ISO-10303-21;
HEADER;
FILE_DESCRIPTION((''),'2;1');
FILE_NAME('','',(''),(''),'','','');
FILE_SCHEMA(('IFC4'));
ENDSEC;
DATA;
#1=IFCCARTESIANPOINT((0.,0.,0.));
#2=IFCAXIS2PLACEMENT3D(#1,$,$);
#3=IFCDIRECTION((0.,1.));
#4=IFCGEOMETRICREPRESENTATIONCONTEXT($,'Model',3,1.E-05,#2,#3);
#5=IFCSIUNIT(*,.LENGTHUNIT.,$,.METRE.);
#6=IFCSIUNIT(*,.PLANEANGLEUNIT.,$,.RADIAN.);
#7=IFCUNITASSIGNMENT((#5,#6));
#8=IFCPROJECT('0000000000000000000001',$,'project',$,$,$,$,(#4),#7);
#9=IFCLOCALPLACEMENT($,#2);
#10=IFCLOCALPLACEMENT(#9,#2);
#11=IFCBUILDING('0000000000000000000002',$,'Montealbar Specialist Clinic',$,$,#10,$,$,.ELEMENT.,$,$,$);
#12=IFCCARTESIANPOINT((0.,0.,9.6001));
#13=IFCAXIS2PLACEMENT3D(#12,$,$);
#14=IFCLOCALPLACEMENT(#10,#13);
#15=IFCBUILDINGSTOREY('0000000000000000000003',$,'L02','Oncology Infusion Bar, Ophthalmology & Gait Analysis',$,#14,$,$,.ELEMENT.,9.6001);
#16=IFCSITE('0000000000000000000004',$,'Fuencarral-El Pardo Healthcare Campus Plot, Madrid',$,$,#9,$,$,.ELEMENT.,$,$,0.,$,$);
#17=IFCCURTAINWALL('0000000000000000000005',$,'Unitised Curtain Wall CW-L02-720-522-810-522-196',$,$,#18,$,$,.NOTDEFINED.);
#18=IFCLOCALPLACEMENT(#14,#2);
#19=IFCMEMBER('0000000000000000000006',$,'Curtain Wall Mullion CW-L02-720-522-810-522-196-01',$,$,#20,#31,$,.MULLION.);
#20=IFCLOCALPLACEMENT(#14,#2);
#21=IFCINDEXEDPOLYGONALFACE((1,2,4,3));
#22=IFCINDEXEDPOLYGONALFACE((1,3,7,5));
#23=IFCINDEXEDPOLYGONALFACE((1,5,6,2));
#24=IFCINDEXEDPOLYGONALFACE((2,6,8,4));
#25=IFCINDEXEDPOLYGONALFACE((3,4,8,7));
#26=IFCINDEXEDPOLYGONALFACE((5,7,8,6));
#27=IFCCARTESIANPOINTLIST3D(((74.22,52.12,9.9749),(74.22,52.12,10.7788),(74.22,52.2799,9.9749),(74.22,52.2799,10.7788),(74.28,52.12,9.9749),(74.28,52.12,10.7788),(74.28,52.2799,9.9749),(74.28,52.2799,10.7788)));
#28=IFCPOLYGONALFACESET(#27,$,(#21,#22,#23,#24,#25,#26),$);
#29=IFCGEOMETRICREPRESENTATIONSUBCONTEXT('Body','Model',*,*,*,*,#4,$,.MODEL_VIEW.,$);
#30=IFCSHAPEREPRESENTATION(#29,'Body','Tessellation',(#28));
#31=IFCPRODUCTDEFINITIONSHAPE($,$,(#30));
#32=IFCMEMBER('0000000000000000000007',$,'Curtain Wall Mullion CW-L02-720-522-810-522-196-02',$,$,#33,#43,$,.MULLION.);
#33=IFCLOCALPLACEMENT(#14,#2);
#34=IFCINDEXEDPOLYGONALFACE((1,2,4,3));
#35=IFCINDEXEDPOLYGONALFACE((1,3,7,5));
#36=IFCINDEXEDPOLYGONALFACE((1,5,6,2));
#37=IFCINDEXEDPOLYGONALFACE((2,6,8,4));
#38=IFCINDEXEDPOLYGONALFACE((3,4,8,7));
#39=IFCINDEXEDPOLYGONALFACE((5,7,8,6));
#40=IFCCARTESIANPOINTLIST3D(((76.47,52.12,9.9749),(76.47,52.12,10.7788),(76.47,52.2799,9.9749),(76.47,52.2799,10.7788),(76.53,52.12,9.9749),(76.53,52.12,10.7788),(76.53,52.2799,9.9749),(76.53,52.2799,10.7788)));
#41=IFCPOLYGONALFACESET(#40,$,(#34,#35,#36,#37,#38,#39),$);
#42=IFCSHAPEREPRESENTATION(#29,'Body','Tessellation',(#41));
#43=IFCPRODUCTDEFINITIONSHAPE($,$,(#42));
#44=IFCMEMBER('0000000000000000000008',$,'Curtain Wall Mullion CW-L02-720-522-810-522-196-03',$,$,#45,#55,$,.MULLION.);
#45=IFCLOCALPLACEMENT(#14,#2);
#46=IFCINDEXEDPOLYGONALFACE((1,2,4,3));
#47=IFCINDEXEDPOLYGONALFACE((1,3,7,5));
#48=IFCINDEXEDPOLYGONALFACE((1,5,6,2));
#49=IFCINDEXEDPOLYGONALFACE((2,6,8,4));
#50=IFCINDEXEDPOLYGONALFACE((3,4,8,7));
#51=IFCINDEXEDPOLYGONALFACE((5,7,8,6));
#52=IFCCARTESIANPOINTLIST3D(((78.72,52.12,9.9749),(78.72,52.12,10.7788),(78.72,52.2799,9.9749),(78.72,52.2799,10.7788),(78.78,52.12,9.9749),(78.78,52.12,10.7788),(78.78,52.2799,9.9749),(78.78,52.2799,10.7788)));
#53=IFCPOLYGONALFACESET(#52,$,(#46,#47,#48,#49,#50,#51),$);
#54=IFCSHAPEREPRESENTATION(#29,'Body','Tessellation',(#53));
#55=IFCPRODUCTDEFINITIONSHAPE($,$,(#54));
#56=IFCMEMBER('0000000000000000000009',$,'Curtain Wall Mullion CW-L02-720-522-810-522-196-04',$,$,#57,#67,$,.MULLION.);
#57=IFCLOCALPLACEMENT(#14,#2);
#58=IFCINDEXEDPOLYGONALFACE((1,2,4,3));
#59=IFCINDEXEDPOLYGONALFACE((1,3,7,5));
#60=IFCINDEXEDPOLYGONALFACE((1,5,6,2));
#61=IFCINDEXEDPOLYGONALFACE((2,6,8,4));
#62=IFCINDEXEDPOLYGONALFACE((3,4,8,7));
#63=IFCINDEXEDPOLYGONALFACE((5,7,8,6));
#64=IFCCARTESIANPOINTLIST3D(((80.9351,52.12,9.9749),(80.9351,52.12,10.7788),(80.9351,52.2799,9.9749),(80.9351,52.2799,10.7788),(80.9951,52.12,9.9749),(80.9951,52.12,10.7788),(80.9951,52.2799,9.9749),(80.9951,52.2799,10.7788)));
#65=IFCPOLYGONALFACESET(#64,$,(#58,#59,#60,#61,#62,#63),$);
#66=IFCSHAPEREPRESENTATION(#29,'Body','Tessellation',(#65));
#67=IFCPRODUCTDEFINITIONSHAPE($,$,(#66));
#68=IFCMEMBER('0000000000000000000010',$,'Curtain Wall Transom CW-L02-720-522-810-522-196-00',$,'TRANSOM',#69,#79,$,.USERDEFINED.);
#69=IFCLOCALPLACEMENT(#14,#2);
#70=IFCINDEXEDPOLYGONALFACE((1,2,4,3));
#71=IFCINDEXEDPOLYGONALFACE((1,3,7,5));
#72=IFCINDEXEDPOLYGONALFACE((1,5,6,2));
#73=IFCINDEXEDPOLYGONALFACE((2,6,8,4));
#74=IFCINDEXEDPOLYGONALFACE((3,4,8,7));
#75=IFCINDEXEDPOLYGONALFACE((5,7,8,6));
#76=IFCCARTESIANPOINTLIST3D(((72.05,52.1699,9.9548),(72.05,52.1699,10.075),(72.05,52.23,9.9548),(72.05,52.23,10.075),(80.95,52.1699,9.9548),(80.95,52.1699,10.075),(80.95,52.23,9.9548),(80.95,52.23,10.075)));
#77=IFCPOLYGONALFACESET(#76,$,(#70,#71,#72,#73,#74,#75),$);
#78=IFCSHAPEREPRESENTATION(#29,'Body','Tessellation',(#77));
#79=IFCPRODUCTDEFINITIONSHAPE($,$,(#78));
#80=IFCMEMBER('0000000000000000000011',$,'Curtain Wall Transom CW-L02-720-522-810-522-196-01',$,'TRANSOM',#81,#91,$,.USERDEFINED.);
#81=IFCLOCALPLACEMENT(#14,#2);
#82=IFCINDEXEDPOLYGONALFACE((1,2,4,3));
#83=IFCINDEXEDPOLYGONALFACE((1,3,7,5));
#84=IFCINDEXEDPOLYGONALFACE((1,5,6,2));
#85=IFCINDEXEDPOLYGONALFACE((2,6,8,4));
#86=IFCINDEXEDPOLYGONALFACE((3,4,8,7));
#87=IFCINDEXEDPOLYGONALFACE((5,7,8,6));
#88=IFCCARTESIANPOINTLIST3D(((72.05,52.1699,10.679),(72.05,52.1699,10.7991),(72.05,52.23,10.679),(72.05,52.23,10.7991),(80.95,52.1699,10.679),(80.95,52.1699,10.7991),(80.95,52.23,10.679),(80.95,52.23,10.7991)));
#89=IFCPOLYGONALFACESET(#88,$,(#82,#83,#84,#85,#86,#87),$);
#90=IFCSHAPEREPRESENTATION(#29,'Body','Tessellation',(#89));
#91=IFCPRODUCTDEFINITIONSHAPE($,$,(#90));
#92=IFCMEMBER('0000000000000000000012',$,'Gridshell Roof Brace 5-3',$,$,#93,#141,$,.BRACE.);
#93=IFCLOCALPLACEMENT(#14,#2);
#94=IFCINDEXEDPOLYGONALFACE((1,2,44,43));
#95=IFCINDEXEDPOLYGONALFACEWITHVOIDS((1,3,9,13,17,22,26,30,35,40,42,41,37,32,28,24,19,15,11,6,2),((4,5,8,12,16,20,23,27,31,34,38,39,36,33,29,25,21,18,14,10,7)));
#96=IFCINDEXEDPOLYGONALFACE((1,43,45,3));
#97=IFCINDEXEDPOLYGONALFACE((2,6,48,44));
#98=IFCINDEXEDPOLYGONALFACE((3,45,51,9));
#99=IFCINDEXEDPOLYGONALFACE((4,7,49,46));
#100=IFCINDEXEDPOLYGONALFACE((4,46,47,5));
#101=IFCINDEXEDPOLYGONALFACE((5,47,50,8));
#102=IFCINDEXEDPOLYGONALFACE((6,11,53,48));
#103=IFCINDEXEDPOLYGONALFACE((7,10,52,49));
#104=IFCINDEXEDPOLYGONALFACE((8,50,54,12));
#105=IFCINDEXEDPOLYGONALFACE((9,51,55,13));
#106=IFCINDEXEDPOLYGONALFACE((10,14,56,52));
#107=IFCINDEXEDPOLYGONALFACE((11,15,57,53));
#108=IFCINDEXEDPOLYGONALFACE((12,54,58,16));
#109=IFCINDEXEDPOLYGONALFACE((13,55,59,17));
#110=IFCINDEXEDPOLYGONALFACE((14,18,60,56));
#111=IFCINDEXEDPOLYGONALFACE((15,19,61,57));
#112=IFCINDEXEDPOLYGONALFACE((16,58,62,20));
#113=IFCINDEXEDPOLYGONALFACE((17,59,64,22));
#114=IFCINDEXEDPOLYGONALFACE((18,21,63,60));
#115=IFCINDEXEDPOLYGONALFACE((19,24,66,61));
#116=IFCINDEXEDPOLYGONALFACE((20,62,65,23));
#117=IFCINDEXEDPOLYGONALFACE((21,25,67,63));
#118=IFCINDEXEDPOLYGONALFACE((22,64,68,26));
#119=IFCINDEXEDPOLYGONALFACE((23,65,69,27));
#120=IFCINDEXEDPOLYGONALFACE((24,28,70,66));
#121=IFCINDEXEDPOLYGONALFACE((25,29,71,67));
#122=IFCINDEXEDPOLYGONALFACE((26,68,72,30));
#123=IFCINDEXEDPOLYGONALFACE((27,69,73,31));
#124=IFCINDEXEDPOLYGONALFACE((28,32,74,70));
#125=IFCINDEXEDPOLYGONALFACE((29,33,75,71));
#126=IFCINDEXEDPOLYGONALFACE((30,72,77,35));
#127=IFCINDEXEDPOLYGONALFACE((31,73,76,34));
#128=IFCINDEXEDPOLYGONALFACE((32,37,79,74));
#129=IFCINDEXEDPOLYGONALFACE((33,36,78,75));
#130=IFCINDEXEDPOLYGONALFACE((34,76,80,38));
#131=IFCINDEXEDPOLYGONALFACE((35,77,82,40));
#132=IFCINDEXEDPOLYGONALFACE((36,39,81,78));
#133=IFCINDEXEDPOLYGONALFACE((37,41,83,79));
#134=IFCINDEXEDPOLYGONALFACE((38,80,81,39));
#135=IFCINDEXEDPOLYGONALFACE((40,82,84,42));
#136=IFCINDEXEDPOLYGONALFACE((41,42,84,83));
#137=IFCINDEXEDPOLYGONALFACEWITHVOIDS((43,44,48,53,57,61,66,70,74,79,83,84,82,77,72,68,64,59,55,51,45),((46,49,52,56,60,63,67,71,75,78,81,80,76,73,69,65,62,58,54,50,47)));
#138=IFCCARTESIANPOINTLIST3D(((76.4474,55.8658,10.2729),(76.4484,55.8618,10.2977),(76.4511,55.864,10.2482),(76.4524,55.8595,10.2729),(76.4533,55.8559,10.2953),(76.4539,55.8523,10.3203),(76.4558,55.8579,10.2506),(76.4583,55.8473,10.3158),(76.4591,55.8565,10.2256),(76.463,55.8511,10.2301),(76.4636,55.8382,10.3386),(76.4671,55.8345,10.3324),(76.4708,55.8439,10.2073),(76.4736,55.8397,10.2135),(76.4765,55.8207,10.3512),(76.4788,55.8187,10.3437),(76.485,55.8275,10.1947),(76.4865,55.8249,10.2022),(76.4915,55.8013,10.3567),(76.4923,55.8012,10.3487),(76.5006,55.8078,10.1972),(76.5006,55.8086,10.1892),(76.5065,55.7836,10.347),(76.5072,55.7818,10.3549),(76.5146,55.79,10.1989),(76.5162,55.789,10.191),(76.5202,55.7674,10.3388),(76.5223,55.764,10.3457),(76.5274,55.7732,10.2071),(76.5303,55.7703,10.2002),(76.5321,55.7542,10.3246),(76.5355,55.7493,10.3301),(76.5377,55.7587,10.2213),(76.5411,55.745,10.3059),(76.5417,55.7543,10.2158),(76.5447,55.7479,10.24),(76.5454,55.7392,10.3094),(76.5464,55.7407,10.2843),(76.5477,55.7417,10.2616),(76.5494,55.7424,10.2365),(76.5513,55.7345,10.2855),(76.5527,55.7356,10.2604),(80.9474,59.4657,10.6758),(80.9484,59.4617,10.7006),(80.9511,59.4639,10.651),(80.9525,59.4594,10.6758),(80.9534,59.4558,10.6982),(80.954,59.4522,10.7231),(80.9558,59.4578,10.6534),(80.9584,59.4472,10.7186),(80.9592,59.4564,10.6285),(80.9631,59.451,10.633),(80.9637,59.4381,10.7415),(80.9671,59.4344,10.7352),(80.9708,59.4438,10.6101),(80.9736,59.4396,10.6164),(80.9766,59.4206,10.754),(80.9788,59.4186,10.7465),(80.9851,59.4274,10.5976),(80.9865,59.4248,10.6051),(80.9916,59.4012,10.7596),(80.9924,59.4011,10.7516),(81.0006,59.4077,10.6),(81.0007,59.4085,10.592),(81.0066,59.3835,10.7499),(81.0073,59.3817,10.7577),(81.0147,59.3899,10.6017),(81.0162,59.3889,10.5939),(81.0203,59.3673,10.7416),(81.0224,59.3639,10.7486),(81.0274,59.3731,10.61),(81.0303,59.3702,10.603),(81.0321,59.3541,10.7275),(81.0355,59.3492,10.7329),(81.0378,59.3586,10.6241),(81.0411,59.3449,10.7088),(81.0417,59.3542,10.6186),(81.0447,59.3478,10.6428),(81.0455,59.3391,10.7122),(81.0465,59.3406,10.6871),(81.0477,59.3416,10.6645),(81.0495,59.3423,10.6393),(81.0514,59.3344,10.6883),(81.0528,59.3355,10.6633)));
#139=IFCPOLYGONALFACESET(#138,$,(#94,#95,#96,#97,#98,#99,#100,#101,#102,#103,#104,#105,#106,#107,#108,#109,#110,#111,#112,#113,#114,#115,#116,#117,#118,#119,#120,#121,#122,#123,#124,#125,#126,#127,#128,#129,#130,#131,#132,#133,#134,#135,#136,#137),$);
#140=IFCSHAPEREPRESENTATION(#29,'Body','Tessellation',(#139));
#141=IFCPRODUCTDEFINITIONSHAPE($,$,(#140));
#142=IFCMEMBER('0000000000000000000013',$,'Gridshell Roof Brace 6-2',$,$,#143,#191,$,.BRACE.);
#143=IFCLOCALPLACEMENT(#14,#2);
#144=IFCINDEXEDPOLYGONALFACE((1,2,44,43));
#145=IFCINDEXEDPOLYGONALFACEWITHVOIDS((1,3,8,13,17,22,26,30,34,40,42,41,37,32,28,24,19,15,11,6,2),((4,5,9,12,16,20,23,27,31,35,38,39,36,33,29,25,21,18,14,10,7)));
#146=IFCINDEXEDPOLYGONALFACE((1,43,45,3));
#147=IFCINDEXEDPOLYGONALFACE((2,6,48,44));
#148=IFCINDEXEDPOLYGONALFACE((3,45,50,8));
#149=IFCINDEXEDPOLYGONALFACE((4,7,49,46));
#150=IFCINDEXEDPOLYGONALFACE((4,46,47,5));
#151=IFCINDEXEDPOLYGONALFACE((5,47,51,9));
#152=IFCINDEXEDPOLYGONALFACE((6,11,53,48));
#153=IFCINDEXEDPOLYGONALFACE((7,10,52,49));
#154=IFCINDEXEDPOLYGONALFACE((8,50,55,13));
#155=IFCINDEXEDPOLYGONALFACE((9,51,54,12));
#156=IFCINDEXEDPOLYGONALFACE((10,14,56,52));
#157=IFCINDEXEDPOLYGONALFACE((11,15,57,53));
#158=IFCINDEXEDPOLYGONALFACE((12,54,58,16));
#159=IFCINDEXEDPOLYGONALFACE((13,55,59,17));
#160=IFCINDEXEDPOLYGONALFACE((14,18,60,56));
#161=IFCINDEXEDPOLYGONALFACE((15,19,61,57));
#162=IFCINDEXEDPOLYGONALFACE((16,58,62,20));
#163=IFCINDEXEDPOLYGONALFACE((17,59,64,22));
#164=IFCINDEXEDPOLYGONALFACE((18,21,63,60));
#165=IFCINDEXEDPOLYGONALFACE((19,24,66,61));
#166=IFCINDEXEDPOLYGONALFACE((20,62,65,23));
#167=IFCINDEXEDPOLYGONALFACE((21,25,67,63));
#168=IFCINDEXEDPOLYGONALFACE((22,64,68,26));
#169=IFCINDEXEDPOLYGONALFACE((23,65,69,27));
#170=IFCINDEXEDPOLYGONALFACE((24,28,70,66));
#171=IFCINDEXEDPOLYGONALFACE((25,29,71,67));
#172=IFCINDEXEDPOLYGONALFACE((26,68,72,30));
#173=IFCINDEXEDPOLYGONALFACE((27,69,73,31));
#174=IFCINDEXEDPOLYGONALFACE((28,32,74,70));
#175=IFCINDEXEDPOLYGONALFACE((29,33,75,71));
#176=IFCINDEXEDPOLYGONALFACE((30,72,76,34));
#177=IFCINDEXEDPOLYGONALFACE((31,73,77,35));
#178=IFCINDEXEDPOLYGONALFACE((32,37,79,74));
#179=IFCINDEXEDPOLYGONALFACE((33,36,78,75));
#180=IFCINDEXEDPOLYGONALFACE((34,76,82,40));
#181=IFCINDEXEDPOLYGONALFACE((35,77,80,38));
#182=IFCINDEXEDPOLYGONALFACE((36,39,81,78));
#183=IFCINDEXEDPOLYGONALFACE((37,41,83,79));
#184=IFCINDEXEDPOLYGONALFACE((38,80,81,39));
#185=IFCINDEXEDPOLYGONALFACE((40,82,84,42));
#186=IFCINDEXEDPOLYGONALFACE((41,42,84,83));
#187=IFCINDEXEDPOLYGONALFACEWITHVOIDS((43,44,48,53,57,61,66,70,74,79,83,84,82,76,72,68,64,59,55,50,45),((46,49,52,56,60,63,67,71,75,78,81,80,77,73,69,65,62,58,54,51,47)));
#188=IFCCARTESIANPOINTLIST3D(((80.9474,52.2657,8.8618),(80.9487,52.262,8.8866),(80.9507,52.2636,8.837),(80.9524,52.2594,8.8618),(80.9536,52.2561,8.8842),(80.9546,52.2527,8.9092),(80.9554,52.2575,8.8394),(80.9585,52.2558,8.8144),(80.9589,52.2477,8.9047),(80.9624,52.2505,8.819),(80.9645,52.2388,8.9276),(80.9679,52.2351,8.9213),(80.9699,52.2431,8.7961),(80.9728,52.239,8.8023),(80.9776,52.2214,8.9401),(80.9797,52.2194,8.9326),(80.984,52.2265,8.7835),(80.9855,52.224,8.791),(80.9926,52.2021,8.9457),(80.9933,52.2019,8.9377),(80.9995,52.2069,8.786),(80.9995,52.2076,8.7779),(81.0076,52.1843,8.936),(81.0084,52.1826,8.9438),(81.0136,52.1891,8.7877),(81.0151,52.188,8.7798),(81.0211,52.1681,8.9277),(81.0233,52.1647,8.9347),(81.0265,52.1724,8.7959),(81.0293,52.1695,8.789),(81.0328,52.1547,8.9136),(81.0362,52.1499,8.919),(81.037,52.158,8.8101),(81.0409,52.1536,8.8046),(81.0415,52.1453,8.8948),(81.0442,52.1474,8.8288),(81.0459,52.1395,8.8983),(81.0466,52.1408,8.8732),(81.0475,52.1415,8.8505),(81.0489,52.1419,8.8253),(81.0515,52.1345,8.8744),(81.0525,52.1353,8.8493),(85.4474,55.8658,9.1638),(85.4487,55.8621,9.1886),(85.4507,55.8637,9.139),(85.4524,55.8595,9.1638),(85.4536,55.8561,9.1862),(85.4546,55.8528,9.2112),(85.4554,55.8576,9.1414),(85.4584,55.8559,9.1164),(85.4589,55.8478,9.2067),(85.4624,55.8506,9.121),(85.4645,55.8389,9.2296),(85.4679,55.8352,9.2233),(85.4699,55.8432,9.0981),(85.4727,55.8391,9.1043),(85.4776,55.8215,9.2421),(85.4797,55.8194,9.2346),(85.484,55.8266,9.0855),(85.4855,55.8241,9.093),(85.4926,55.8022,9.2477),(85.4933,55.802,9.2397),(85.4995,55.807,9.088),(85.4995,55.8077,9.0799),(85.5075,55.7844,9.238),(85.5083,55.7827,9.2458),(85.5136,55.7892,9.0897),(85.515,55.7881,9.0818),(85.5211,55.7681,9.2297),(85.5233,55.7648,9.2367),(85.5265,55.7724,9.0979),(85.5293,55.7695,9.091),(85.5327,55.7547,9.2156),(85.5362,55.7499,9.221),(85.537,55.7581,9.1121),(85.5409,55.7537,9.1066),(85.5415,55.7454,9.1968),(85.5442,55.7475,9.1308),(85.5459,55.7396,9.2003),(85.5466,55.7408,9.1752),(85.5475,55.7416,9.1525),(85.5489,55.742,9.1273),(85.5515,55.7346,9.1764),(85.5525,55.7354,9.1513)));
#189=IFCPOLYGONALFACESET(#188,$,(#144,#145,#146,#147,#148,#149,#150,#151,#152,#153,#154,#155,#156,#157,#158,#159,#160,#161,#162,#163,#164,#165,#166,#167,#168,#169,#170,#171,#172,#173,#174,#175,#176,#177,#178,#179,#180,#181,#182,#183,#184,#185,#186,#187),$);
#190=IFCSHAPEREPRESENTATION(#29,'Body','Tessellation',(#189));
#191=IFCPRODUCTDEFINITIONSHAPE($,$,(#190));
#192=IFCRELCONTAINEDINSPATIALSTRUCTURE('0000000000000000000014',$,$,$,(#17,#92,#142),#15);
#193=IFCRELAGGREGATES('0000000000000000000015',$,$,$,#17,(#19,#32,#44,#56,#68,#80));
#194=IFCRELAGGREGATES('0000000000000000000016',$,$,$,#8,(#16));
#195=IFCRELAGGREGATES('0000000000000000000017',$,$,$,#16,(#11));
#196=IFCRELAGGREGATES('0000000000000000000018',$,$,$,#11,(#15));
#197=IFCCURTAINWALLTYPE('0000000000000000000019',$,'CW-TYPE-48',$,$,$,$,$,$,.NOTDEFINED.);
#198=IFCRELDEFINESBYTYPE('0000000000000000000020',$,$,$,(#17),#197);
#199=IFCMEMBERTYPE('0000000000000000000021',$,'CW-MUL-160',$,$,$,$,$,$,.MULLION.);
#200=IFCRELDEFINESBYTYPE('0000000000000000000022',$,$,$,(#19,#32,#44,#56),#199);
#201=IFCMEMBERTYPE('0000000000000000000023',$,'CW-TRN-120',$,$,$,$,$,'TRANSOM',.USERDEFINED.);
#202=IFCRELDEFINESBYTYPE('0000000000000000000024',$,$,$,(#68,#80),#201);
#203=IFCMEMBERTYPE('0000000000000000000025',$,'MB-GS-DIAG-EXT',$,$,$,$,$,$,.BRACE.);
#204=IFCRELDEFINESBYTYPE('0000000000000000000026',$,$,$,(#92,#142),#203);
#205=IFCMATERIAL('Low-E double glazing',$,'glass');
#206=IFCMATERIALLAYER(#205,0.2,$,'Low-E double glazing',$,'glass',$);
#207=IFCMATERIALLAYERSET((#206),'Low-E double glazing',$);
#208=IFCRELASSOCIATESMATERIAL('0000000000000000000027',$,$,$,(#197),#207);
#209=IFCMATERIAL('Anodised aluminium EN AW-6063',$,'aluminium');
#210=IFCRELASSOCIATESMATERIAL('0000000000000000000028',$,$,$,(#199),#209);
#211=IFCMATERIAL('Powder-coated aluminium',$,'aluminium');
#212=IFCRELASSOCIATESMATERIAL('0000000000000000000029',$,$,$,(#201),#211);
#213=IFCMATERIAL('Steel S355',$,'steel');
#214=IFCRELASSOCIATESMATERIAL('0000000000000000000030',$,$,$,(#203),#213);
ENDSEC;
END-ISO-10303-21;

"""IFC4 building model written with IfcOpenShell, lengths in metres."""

from ifc_helpers import new_model, si_unit, direction, frame, origin, origin_2d, place, context, subcontext, project, spatial, rectangle, hollow_circle, extrude, material, layer, layer_set, material_profile, profile_set, type_object, element, aggregate, save


model = new_model("IFC4")

# Units and contexts
model_context = context("Model", 3, precision=1e-05, world=origin(), true_north=direction((0.0, 1.0)))
body_context = subcontext(model_context, "Body", "Model", "MODEL_VIEW")
ifc_project = project(units=[si_unit("LENGTHUNIT", "METRE"), si_unit("PLANEANGLEUNIT", "RADIAN")], contexts=[model_context])

# Site, building, storey
site_placement = place(None, origin())
site = spatial("IfcSite", under=ifc_project, at=site_placement, Name="Fuencarral-El Pardo Healthcare Campus Plot, Madrid", CompositionType="ELEMENT", RefElevation=0.0)
building_placement = place(site_placement, origin())
building = spatial("IfcBuilding", under=site, at=building_placement, Name="Montealbar Specialist Clinic", CompositionType="ELEMENT")
storey_placement = place(building_placement, frame((0.0, 0.0, 9.6001)))
storey = spatial("IfcBuildingStorey", under=building, at=storey_placement, Name="L02", Description="Oncology Infusion Bar, Ophthalmology & Gait Analysis", CompositionType="ELEMENT", Elevation=9.6001)

# Shared definitions
ifc_material_1 = material(Name="Steel S355", Category="steel")

# Curtain wall, members
ifc_material_2 = material(Name="Low-E double glazing", Category="glass")
ifc_layer_1 = layer(ifc_material_2, 0.2, Name="Low-E double glazing", Category="glass")
ifc_layer_set_1 = layer_set([ifc_layer_1], Name="Low-E double glazing")
curtain_wall_type = type_object("IfcCurtainWallType", Name="CW-TYPE-48", PredefinedType="NOTDEFINED", material=ifc_layer_set_1)
curtain_wall_placement = place(storey_placement, origin())
curtain_wall = element("IfcCurtainWall", 1, at=curtain_wall_placement, inside=storey, type_object=curtain_wall_type, Name="Unitised Curtain Wall CW-L02-720-522-810-522-196", PredefinedType="NOTDEFINED")
ifc_material_3 = material(Name="Anodised aluminium EN AW-6063", Category="aluminium")
ifc_material_profile_1 = material_profile(ifc_material_3, rectangle(XDim=0.0601, YDim=0.1599, at=origin_2d()), Name="ALU 60x160", Category="aluminium")
ifc_profile_set_1 = profile_set([ifc_material_profile_1], Name="Anodised aluminium EN AW-6063")
member_type_1 = type_object("IfcMemberType", Name="CW-MUL-160", PredefinedType="MULLION", material=ifc_profile_set_1)
member_1_placement = place(storey_placement, frame((74.25, 52.2, 9.9749), z_axis=(0.0, 0.0, 1.0), x_axis=(1.0, 0.0, 0.0)))
member_1 = element("IfcMember", 2, at=member_1_placement, type_object=member_type_1, Name="Curtain Wall Mullion CW-L02-720-522-810-522-196-01", PredefinedType="MULLION", context=body_context, shape_type="SweptSolid", body=[
    extrude(rectangle(XDim=0.0601, YDim=0.1599, at=origin_2d()), origin(), (0.0, 0.0, 1.0), 0.804),
])
member_2_placement = place(storey_placement, frame((76.5, 52.2, 9.9749), z_axis=(0.0, 0.0, 1.0), x_axis=(1.0, 0.0, 0.0)))
member_2 = element("IfcMember", 3, at=member_2_placement, type_object=member_type_1, Name="Curtain Wall Mullion CW-L02-720-522-810-522-196-02", PredefinedType="MULLION", context=body_context, shape_type="SweptSolid", body=[
    extrude(rectangle(XDim=0.0601, YDim=0.1599, at=origin_2d()), origin(), (0.0, 0.0, 1.0), 0.804),
])
member_3_placement = place(storey_placement, frame((78.75, 52.2, 9.9749), z_axis=(0.0, 0.0, 1.0), x_axis=(1.0, 0.0, 0.0)))
member_3 = element("IfcMember", 4, at=member_3_placement, type_object=member_type_1, Name="Curtain Wall Mullion CW-L02-720-522-810-522-196-03", PredefinedType="MULLION", context=body_context, shape_type="SweptSolid", body=[
    extrude(rectangle(XDim=0.0601, YDim=0.1599, at=origin_2d()), origin(), (0.0, 0.0, 1.0), 0.804),
])
member_4_placement = place(storey_placement, frame((80.9651, 52.2, 9.9749), z_axis=(0.0, 0.0, 1.0), x_axis=(1.0, 0.0, 0.0)))
member_4 = element("IfcMember", 5, at=member_4_placement, type_object=member_type_1, Name="Curtain Wall Mullion CW-L02-720-522-810-522-196-04", PredefinedType="MULLION", context=body_context, shape_type="SweptSolid", body=[
    extrude(rectangle(XDim=0.0601, YDim=0.1599, at=origin_2d()), origin(), (0.0, 0.0, 1.0), 0.804),
])
ifc_material_4 = material(Name="Powder-coated aluminium", Category="aluminium")
ifc_material_profile_2 = material_profile(ifc_material_4, rectangle(XDim=0.0601, YDim=0.1201, at=origin_2d()), Name="ALU 60x120", Category="aluminium")
ifc_profile_set_2 = profile_set([ifc_material_profile_2], Name="Powder-coated aluminium")
member_type_2 = type_object("IfcMemberType", Name="CW-TRN-120", ElementType="TRANSOM", PredefinedType="USERDEFINED", material=ifc_profile_set_2)
member_5_placement = place(storey_placement, frame((72.05, 52.2, 10.0149), z_axis=(1.0, 0.0, 0.0), x_axis=(0.0, 1.0, 0.0)))
member_5 = element("IfcMember", 6, at=member_5_placement, type_object=member_type_2, Name="Curtain Wall Transom CW-L02-720-522-810-522-196-00", ObjectType="TRANSOM", PredefinedType="USERDEFINED", context=body_context, shape_type="SweptSolid", body=[
    extrude(rectangle(XDim=0.0601, YDim=0.1201, at=origin_2d()), origin(), (0.0, 0.0, 1.0), 8.8999),
])
member_6_placement = place(storey_placement, frame((72.05, 52.2, 10.739), z_axis=(1.0, 0.0, 0.0), x_axis=(0.0, 1.0, 0.0)))
member_6 = element("IfcMember", 7, at=member_6_placement, type_object=member_type_2, Name="Curtain Wall Transom CW-L02-720-522-810-522-196-01", ObjectType="TRANSOM", PredefinedType="USERDEFINED", context=body_context, shape_type="SweptSolid", body=[
    extrude(rectangle(XDim=0.0601, YDim=0.1201, at=origin_2d()), origin(), (0.0, 0.0, 1.0), 8.8999),
])

# Members
ifc_material_profile_3 = material_profile(ifc_material_1, hollow_circle(Radius=0.0842, WallThickness=0.0081, at=origin_2d()), Name="CHS 168.3x8.0", Category="steel")
ifc_profile_set_3 = profile_set([ifc_material_profile_3], Name="Steel S355")
member_type_3 = type_object("IfcMemberType", Name="MB-GS-DIAG-EXT", PredefinedType="BRACE", material=ifc_profile_set_3)
member_7_placement = place(storey_placement, frame((76.5, 55.8, 10.2729), z_axis=(0.77898, 0.623159, 0.069733), x_axis=(-0.62468, 0.780881, 0.0)))
element("IfcMember", 8, at=member_7_placement, inside=storey, type_object=member_type_3, Name="Gridshell Roof Brace 5-3", PredefinedType="BRACE", context=body_context, shape_type="SweptSolid", body=[
    extrude(hollow_circle(Radius=0.0842, WallThickness=0.0081, at=origin_2d()), origin(), (0.0, 0.0, 1.0), 5.7769),
])
member_8_placement = place(storey_placement, frame((81.0, 52.2, 8.8618), z_axis=(0.779791, 0.623849, 0.052333), x_axis=(-0.624705, 0.780861, 0.0)))
element("IfcMember", 9, at=member_8_placement, inside=storey, type_object=member_type_3, Name="Gridshell Roof Brace 6-2", PredefinedType="BRACE", context=body_context, shape_type="SweptSolid", body=[
    extrude(hollow_circle(Radius=0.0842, WallThickness=0.0081, at=origin_2d()), origin(), (0.0, 0.0, 1.0), 5.7708),
])

aggregate(curtain_wall, [member_1, member_2, member_3, member_4, member_5, member_6])

save(model, "model.ifc")
